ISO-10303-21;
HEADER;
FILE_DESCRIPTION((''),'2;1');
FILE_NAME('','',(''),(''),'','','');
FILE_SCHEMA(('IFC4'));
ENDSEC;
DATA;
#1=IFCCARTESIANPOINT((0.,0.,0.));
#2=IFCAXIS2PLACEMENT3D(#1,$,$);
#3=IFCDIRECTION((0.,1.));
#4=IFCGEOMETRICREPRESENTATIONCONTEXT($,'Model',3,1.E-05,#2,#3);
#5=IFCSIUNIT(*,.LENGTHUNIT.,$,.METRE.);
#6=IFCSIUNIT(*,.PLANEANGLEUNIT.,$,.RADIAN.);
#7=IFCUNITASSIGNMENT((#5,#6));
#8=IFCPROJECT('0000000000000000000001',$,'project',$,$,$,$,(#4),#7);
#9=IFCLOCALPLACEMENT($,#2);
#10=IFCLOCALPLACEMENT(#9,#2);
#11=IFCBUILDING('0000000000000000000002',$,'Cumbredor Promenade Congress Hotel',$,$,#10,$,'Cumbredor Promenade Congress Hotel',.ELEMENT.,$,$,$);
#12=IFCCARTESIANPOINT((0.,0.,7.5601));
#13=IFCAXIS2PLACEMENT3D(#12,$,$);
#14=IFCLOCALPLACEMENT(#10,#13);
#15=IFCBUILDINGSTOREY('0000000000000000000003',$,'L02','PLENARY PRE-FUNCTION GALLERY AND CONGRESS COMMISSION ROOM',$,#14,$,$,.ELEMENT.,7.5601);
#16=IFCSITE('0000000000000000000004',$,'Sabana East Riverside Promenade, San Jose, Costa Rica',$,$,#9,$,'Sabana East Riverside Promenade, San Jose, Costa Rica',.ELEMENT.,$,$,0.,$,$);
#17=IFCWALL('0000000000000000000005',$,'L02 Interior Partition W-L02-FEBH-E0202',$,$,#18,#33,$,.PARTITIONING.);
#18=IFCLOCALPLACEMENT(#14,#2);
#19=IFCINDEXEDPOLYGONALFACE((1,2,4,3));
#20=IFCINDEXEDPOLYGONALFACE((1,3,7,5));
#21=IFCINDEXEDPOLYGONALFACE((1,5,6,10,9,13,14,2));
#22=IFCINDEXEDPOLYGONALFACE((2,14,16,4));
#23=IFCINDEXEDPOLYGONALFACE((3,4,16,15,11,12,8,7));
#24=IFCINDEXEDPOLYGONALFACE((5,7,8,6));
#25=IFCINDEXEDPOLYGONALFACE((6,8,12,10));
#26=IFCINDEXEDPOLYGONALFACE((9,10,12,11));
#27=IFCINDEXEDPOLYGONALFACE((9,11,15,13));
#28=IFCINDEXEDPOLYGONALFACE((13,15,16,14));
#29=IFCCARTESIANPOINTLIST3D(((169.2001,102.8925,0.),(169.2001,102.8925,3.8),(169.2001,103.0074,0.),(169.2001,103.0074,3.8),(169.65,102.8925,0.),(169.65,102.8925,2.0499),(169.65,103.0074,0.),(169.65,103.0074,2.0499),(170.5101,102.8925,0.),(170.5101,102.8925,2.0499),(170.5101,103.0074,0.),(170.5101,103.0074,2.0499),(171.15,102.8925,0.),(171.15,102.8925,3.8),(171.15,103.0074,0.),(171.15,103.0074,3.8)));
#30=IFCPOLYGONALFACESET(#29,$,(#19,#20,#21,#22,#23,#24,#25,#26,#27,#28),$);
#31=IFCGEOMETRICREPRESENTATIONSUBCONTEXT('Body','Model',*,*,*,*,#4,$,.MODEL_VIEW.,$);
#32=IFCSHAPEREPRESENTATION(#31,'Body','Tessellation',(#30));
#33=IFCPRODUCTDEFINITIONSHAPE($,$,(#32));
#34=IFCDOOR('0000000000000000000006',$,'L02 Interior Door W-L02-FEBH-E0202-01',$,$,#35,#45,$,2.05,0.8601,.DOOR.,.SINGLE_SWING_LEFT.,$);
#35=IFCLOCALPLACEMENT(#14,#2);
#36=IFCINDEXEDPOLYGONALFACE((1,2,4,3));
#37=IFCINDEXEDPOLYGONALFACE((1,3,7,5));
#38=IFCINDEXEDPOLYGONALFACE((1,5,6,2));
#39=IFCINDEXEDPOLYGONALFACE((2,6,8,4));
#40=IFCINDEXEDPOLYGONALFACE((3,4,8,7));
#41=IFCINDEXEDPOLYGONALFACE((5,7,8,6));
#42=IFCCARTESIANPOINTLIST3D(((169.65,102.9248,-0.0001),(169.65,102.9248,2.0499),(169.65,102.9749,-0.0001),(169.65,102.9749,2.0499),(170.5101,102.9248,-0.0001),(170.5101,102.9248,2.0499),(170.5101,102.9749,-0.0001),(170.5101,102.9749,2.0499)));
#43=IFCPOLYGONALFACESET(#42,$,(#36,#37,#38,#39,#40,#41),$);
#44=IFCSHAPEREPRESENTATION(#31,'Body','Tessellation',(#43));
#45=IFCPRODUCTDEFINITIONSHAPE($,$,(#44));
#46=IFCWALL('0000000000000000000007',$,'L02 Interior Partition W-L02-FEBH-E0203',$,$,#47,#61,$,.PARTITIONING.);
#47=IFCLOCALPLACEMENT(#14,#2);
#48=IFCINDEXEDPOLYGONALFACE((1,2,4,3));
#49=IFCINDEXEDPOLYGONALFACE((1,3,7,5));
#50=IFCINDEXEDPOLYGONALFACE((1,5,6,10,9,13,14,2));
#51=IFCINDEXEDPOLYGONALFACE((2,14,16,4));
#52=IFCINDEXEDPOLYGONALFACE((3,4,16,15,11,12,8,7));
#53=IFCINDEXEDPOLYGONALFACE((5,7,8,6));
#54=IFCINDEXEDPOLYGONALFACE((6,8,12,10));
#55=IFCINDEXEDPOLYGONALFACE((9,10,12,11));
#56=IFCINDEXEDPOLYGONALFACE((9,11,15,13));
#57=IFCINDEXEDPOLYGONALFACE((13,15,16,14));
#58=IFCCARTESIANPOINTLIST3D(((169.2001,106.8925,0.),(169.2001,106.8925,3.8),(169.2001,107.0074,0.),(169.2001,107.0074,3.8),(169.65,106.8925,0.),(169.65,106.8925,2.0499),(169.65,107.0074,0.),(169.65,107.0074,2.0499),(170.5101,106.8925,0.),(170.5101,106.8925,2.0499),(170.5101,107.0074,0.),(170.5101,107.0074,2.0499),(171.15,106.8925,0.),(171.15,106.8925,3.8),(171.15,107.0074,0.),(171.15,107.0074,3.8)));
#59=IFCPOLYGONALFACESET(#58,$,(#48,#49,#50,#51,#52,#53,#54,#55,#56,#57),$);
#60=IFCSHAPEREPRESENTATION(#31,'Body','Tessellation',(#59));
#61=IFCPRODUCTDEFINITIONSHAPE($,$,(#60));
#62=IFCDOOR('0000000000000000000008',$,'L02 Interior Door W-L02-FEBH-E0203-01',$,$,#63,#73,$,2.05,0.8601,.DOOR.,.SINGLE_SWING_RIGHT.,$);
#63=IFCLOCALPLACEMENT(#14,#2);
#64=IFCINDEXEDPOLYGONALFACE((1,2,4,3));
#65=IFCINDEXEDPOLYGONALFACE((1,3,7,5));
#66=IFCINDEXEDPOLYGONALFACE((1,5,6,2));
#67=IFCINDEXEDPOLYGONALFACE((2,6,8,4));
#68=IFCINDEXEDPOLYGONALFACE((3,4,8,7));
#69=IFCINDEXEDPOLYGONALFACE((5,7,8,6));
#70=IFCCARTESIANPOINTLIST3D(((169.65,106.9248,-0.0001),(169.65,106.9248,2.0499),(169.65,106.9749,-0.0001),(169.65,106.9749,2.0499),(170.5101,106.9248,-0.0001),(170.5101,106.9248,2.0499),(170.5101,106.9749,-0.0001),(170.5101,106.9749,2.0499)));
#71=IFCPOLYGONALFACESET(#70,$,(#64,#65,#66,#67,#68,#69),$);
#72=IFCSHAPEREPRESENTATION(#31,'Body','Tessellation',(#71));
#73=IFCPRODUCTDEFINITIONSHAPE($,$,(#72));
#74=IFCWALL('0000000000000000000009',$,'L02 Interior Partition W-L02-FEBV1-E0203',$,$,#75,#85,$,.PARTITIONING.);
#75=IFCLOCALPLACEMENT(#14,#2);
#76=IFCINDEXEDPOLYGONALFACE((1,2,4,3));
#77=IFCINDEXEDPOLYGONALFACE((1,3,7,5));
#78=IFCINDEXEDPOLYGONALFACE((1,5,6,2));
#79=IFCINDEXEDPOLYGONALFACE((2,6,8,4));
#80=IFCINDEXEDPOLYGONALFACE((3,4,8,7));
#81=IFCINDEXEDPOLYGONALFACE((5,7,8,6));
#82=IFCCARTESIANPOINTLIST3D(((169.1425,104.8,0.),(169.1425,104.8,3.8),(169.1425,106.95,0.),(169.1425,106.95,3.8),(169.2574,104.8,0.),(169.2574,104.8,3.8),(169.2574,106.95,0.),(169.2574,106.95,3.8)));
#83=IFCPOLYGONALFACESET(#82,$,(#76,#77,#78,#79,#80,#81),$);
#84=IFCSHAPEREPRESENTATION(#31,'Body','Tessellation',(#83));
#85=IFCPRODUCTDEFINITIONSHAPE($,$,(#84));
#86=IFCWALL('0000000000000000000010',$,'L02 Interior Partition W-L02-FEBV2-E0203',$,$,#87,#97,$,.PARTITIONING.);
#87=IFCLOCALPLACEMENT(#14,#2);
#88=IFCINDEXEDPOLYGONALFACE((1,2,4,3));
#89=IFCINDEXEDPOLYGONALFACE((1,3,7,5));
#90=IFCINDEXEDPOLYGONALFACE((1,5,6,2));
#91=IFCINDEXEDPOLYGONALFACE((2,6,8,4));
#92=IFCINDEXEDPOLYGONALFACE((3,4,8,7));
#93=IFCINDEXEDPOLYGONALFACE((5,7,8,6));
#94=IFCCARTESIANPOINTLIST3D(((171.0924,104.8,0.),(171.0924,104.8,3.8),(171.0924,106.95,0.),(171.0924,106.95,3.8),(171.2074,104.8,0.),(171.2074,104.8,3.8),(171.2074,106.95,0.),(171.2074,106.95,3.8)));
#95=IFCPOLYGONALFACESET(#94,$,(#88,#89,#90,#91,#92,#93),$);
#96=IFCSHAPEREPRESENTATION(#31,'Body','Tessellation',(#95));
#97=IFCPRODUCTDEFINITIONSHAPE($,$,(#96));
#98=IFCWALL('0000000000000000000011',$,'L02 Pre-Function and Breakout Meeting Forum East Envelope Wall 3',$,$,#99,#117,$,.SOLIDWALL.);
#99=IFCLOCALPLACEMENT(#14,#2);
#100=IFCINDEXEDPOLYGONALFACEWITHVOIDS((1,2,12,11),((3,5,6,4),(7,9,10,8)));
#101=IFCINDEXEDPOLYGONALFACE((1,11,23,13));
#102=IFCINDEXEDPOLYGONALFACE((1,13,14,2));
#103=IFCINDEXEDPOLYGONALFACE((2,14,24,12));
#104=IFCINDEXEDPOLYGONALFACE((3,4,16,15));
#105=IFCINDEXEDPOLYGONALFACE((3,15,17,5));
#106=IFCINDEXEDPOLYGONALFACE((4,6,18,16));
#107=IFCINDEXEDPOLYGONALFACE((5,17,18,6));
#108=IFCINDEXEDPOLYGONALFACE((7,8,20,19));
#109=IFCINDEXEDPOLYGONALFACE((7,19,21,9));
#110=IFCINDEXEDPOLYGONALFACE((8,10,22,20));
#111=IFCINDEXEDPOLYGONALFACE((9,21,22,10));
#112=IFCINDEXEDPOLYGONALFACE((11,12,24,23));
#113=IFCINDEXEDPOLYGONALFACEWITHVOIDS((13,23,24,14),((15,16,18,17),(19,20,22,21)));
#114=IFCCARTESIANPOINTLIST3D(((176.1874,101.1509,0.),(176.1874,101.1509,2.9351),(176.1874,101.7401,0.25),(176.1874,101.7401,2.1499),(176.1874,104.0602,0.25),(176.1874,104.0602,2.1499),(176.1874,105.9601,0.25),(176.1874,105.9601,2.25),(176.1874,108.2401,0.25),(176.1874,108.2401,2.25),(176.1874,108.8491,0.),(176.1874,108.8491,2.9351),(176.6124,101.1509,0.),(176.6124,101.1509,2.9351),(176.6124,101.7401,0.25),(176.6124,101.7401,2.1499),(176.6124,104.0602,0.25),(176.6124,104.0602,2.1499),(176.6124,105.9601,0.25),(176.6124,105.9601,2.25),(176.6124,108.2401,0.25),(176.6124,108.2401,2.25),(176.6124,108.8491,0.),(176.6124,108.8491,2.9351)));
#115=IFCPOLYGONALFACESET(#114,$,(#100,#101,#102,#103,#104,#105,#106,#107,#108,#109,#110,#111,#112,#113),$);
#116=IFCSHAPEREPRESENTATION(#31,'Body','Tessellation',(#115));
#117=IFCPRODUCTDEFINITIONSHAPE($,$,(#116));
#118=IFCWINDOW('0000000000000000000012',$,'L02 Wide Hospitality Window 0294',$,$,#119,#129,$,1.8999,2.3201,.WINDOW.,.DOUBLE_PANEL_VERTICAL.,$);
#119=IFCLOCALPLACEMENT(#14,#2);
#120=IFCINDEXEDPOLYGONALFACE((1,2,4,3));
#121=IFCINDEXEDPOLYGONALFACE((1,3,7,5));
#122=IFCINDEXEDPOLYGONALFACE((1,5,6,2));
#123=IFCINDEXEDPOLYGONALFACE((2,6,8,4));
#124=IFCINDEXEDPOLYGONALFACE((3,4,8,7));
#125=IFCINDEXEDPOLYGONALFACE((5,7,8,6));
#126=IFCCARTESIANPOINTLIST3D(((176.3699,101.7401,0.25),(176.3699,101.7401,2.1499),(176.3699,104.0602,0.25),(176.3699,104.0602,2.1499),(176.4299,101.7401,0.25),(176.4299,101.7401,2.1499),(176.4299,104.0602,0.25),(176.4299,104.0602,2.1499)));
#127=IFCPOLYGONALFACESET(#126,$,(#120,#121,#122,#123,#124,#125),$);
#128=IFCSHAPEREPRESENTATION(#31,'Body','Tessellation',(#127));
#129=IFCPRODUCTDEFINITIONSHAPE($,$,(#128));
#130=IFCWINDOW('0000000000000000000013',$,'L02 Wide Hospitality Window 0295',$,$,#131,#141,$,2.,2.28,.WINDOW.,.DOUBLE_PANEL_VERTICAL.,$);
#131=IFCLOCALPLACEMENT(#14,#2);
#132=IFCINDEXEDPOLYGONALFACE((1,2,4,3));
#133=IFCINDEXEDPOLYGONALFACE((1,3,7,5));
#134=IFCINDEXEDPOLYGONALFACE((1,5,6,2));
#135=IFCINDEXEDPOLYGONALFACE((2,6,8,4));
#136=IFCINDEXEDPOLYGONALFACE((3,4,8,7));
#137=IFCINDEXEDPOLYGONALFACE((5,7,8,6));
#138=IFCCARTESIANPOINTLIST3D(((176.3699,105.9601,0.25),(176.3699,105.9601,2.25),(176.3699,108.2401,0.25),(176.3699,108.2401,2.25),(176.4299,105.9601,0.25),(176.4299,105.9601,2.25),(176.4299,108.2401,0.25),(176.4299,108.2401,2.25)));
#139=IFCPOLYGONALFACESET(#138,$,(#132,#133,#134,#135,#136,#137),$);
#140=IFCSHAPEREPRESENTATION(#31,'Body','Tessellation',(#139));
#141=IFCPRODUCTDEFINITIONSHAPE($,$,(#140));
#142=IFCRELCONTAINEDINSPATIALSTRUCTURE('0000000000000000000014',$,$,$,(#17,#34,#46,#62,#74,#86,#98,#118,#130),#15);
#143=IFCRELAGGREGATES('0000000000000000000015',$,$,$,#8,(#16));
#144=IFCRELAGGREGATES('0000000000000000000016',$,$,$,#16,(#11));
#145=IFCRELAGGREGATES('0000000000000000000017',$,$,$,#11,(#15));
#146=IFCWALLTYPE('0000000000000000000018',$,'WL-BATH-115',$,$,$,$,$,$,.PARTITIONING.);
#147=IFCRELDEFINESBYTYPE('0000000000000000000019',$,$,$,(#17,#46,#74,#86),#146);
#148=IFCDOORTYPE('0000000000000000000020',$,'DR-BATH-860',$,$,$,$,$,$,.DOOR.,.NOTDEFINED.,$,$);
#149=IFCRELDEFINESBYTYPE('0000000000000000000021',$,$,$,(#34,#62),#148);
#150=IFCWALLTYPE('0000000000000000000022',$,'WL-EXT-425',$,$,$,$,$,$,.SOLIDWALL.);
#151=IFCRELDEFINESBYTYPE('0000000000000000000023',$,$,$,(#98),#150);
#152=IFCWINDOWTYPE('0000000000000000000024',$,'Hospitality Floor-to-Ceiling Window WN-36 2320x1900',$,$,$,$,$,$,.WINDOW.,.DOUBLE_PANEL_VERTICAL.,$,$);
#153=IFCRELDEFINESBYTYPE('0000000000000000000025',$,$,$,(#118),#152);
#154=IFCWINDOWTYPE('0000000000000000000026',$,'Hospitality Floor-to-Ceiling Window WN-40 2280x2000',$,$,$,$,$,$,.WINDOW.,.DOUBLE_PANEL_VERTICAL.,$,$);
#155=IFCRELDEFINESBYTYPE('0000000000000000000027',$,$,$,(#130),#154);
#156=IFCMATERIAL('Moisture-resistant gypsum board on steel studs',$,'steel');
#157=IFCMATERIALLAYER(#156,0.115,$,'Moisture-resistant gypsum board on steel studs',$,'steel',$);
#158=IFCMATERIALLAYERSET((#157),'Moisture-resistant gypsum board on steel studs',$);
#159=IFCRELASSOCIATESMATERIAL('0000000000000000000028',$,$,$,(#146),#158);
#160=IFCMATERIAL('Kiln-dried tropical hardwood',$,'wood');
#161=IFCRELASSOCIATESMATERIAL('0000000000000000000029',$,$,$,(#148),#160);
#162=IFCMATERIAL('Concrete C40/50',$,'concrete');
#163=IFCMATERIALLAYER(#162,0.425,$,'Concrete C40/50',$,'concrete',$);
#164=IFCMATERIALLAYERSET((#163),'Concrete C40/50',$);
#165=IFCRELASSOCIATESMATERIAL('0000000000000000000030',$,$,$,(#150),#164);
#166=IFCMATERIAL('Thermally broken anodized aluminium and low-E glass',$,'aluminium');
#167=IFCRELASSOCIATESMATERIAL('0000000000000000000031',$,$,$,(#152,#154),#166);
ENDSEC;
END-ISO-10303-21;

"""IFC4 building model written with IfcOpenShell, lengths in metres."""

from ifc_helpers import new_model, si_unit, direction, frame, frame_2d, origin, place, context, subcontext, project, spatial, rectangle, extrude, material, layer, layer_set, type_object, element, fill, save


model = new_model("IFC4")

# Units and contexts
model_context = context("Model", 3, precision=1e-05, world=origin(), true_north=direction((0.0, 1.0)))
body_context = subcontext(model_context, "Body", "Model", "MODEL_VIEW")
ifc_project = project(units=[si_unit("LENGTHUNIT", "METRE"), si_unit("PLANEANGLEUNIT", "RADIAN")], contexts=[model_context])

# Site, building, storey
site_placement = place(None, origin())
site = spatial("IfcSite", under=ifc_project, at=site_placement, Name="Sabana East Riverside Promenade, San Jose, Costa Rica", LongName="Sabana East Riverside Promenade, San Jose, Costa Rica", CompositionType="ELEMENT", RefElevation=0.0)
building_placement = place(site_placement, origin())
building = spatial("IfcBuilding", under=site, at=building_placement, Name="Cumbredor Promenade Congress Hotel", LongName="Cumbredor Promenade Congress Hotel", CompositionType="ELEMENT")
storey_placement = place(building_placement, frame((0.0, 0.0, 7.5601)))
storey = spatial("IfcBuildingStorey", under=building, at=storey_placement, Name="L02", Description="PLENARY PRE-FUNCTION GALLERY AND CONGRESS COMMISSION ROOM", CompositionType="ELEMENT", Elevation=7.5601)

# Shared definitions
ifc_material_1 = material(Name="Concrete C40/50", Category="concrete")

# Shared definitions
ifc_material_2 = material(Name="Thermally broken anodized aluminium and low-E glass", Category="aluminium")

# Shared definitions
ifc_material_3 = material(Name="Kiln-dried tropical hardwood", Category="wood")

# Walls, openings, doors
ifc_material_4 = material(Name="Moisture-resistant gypsum board on steel studs", Category="steel")
ifc_layer_1 = layer(ifc_material_4, 0.115, Name="Moisture-resistant gypsum board on steel studs", Category="steel")
ifc_layer_set_1 = layer_set([ifc_layer_1], Name="Moisture-resistant gypsum board on steel studs")
wall_type_1 = type_object("IfcWallType", Name="WL-BATH-115", PredefinedType="PARTITIONING", material=ifc_layer_set_1)
wall_1_placement = place(storey_placement, frame((169.2, 102.95, 0.0), z_axis=(0.0, 0.0, 1.0), x_axis=(1.0, 0.0, 0.0)))
wall_1 = element("IfcWall", 1, at=wall_1_placement, inside=storey, type_object=wall_type_1, Name="L02 Interior Partition W-L02-FEBH-E0202", PredefinedType="PARTITIONING", context=body_context, shape_type="SweptSolid", body=[
    extrude(rectangle(XDim=1.95, YDim=0.115, at=frame_2d((0.9751, 0.0))), origin(), (0.0, 0.0, 1.0), 3.8),
])
opening_1_placement = place(wall_1_placement, frame((0.45, 0.0, 0.0)))
opening_1 = element("IfcOpeningElement", 2, at=opening_1_placement, cuts=wall_1, PredefinedType="OPENING", context=body_context, shape_type="SweptSolid", body=[
    extrude(rectangle(XDim=0.8601, YDim=2.05, at=frame_2d((0.4302, 1.0249))), frame((0.0, 0.0674, 0.0), z_axis=(0.0, -1.0, 0.0), x_axis=(1.0, 0.0, 0.0)), (0.0, 0.0, 1.0), 0.135),
])
door_type = type_object("IfcDoorType", Name="DR-BATH-860", OperationType="NOTDEFINED", PredefinedType="DOOR", material=ifc_material_3)
door_1_placement = place(opening_1_placement, origin())
door_1 = element("IfcDoor", 3, at=door_1_placement, inside=storey, type_object=door_type, Name="L02 Interior Door W-L02-FEBH-E0202-01", OperationType="SINGLE_SWING_LEFT", OverallHeight=2.05, OverallWidth=0.8601, PredefinedType="DOOR", context=body_context, shape_type="SweptSolid", body=[
    extrude(rectangle(XDim=0.8601, YDim=2.05, at=frame_2d((0.4302, 1.0249))), frame((0.0, 0.0249, 0.0), z_axis=(0.0, -1.0, 0.0), x_axis=(1.0, 0.0, 0.0)), (0.0, 0.0, 1.0), 0.05),
])
fill(opening_1, door_1)
wall_2_placement = place(storey_placement, frame((169.2, 106.95, 0.0), z_axis=(0.0, 0.0, 1.0), x_axis=(1.0, 0.0, 0.0)))
wall_2 = element("IfcWall", 4, at=wall_2_placement, inside=storey, type_object=wall_type_1, Name="L02 Interior Partition W-L02-FEBH-E0203", PredefinedType="PARTITIONING", context=body_context, shape_type="SweptSolid", body=[
    extrude(rectangle(XDim=1.95, YDim=0.115, at=frame_2d((0.9751, 0.0))), origin(), (0.0, 0.0, 1.0), 3.8),
])
opening_2_placement = place(wall_2_placement, frame((0.45, 0.0, 0.0)))
opening_2 = element("IfcOpeningElement", 5, at=opening_2_placement, cuts=wall_2, PredefinedType="OPENING", context=body_context, shape_type="SweptSolid", body=[
    extrude(rectangle(XDim=0.8601, YDim=2.05, at=frame_2d((0.4302, 1.0249))), frame((0.0, 0.0674, 0.0), z_axis=(0.0, -1.0, 0.0), x_axis=(1.0, 0.0, 0.0)), (0.0, 0.0, 1.0), 0.135),
])
door_2_placement = place(opening_2_placement, origin())
door_2 = element("IfcDoor", 6, at=door_2_placement, inside=storey, type_object=door_type, Name="L02 Interior Door W-L02-FEBH-E0203-01", OperationType="SINGLE_SWING_RIGHT", OverallHeight=2.05, OverallWidth=0.8601, PredefinedType="DOOR", context=body_context, shape_type="SweptSolid", body=[
    extrude(rectangle(XDim=0.8601, YDim=2.05, at=frame_2d((0.4302, 1.0249))), frame((0.0, 0.0249, 0.0), z_axis=(0.0, -1.0, 0.0), x_axis=(1.0, 0.0, 0.0)), (0.0, 0.0, 1.0), 0.05),
])
fill(opening_2, door_2)

# Walls
for number, where, z_axis, x_axis, name in (
    (7, (169.2, 104.8, 0.0), (0.0, 0.0, 1.0), (0.0, 1.0, 0.0), "L02 Interior Partition W-L02-FEBV1-E0203"),
    (8, (171.1499, 104.8, 0.0), (0.0, 0.0, 1.0), (0.0, 1.0, 0.0), "L02 Interior Partition W-L02-FEBV2-E0203"),
):
    element("IfcWall", number, at=place(storey_placement, frame(where, z_axis=z_axis, x_axis=x_axis)), inside=storey, type_object=wall_type_1, Name=name, PredefinedType="PARTITIONING", context=body_context, shape_type="SweptSolid", body=[
        extrude(rectangle(XDim=2.1499, YDim=0.115, at=frame_2d((1.075, 0.0))), origin(), (0.0, 0.0, 1.0), 3.8),
    ])

# Wall, openings, windows
ifc_layer_2 = layer(ifc_material_1, 0.425, Name="Concrete C40/50", Category="concrete")
ifc_layer_set_2 = layer_set([ifc_layer_2], Name="Concrete C40/50")
wall_type_2 = type_object("IfcWallType", Name="WL-EXT-425", PredefinedType="SOLIDWALL", material=ifc_layer_set_2)
wall_3_placement = place(storey_placement, frame((176.3999, 101.1509, 0.0), z_axis=(0.0, 0.0, 1.0), x_axis=(0.0, 1.0, 0.0)))
wall_3 = element("IfcWall", 9, at=wall_3_placement, inside=storey, type_object=wall_type_2, Name="L02 Pre-Function and Breakout Meeting Forum East Envelope Wall 3", PredefinedType="SOLIDWALL", context=body_context, shape_type="SweptSolid", body=[
    extrude(rectangle(XDim=7.6982, YDim=0.425, at=frame_2d((3.8491, 0.0))), origin(), (0.0, 0.0, 1.0), 2.9351),
])
opening_3_placement = place(wall_3_placement, frame((0.5891, 0.0, 0.25)))
opening_3 = element("IfcOpeningElement", 10, at=opening_3_placement, cuts=wall_3, PredefinedType="OPENING", context=body_context, shape_type="SweptSolid", body=[
    extrude(rectangle(XDim=2.3201, YDim=1.8999, at=frame_2d((1.1602, 0.95))), frame((0.0, 0.2227, 0.0), z_axis=(0.0, -1.0, 0.0), x_axis=(1.0, 0.0, 0.0)), (0.0, 0.0, 1.0), 0.4451),
])
opening_4_placement = place(wall_3_placement, frame((4.8091, 0.0, 0.25)))
opening_4 = element("IfcOpeningElement", 11, at=opening_4_placement, cuts=wall_3, PredefinedType="OPENING", context=body_context, shape_type="SweptSolid", body=[
    extrude(rectangle(XDim=2.28, YDim=2.0, at=frame_2d((1.1401, 1.0))), frame((0.0, 0.2227, 0.0), z_axis=(0.0, -1.0, 0.0), x_axis=(1.0, 0.0, 0.0)), (0.0, 0.0, 1.0), 0.4451),
])
window_type_1 = type_object("IfcWindowType", Name="Hospitality Floor-to-Ceiling Window WN-36 2320x1900", PartitioningType="DOUBLE_PANEL_VERTICAL", PredefinedType="WINDOW", material=ifc_material_2)
window_1_placement = place(opening_3_placement, origin())
window_1 = element("IfcWindow", 12, at=window_1_placement, inside=storey, type_object=window_type_1, Name="L02 Wide Hospitality Window 0294", OverallHeight=1.8999, OverallWidth=2.3201, PartitioningType="DOUBLE_PANEL_VERTICAL", PredefinedType="WINDOW", context=body_context, shape_type="SweptSolid", body=[
    extrude(rectangle(XDim=2.3201, YDim=1.8999, at=frame_2d((1.1602, 0.95))), frame((0.0, 0.03, 0.0), z_axis=(0.0, -1.0, 0.0), x_axis=(1.0, 0.0, 0.0)), (0.0, 0.0, 1.0), 0.0601),
])
fill(opening_3, window_1)
window_type_2 = type_object("IfcWindowType", Name="Hospitality Floor-to-Ceiling Window WN-40 2280x2000", PartitioningType="DOUBLE_PANEL_VERTICAL", PredefinedType="WINDOW", material=ifc_material_2)
window_2_placement = place(opening_4_placement, origin())
window_2 = element("IfcWindow", 13, at=window_2_placement, inside=storey, type_object=window_type_2, Name="L02 Wide Hospitality Window 0295", OverallHeight=2.0, OverallWidth=2.28, PartitioningType="DOUBLE_PANEL_VERTICAL", PredefinedType="WINDOW", context=body_context, shape_type="SweptSolid", body=[
    extrude(rectangle(XDim=2.28, YDim=2.0, at=frame_2d((1.1401, 1.0))), frame((0.0, 0.03, 0.0), z_axis=(0.0, -1.0, 0.0), x_axis=(1.0, 0.0, 0.0)), (0.0, 0.0, 1.0), 0.0601),
])
fill(opening_4, window_2)

save(model, "model.ifc")
